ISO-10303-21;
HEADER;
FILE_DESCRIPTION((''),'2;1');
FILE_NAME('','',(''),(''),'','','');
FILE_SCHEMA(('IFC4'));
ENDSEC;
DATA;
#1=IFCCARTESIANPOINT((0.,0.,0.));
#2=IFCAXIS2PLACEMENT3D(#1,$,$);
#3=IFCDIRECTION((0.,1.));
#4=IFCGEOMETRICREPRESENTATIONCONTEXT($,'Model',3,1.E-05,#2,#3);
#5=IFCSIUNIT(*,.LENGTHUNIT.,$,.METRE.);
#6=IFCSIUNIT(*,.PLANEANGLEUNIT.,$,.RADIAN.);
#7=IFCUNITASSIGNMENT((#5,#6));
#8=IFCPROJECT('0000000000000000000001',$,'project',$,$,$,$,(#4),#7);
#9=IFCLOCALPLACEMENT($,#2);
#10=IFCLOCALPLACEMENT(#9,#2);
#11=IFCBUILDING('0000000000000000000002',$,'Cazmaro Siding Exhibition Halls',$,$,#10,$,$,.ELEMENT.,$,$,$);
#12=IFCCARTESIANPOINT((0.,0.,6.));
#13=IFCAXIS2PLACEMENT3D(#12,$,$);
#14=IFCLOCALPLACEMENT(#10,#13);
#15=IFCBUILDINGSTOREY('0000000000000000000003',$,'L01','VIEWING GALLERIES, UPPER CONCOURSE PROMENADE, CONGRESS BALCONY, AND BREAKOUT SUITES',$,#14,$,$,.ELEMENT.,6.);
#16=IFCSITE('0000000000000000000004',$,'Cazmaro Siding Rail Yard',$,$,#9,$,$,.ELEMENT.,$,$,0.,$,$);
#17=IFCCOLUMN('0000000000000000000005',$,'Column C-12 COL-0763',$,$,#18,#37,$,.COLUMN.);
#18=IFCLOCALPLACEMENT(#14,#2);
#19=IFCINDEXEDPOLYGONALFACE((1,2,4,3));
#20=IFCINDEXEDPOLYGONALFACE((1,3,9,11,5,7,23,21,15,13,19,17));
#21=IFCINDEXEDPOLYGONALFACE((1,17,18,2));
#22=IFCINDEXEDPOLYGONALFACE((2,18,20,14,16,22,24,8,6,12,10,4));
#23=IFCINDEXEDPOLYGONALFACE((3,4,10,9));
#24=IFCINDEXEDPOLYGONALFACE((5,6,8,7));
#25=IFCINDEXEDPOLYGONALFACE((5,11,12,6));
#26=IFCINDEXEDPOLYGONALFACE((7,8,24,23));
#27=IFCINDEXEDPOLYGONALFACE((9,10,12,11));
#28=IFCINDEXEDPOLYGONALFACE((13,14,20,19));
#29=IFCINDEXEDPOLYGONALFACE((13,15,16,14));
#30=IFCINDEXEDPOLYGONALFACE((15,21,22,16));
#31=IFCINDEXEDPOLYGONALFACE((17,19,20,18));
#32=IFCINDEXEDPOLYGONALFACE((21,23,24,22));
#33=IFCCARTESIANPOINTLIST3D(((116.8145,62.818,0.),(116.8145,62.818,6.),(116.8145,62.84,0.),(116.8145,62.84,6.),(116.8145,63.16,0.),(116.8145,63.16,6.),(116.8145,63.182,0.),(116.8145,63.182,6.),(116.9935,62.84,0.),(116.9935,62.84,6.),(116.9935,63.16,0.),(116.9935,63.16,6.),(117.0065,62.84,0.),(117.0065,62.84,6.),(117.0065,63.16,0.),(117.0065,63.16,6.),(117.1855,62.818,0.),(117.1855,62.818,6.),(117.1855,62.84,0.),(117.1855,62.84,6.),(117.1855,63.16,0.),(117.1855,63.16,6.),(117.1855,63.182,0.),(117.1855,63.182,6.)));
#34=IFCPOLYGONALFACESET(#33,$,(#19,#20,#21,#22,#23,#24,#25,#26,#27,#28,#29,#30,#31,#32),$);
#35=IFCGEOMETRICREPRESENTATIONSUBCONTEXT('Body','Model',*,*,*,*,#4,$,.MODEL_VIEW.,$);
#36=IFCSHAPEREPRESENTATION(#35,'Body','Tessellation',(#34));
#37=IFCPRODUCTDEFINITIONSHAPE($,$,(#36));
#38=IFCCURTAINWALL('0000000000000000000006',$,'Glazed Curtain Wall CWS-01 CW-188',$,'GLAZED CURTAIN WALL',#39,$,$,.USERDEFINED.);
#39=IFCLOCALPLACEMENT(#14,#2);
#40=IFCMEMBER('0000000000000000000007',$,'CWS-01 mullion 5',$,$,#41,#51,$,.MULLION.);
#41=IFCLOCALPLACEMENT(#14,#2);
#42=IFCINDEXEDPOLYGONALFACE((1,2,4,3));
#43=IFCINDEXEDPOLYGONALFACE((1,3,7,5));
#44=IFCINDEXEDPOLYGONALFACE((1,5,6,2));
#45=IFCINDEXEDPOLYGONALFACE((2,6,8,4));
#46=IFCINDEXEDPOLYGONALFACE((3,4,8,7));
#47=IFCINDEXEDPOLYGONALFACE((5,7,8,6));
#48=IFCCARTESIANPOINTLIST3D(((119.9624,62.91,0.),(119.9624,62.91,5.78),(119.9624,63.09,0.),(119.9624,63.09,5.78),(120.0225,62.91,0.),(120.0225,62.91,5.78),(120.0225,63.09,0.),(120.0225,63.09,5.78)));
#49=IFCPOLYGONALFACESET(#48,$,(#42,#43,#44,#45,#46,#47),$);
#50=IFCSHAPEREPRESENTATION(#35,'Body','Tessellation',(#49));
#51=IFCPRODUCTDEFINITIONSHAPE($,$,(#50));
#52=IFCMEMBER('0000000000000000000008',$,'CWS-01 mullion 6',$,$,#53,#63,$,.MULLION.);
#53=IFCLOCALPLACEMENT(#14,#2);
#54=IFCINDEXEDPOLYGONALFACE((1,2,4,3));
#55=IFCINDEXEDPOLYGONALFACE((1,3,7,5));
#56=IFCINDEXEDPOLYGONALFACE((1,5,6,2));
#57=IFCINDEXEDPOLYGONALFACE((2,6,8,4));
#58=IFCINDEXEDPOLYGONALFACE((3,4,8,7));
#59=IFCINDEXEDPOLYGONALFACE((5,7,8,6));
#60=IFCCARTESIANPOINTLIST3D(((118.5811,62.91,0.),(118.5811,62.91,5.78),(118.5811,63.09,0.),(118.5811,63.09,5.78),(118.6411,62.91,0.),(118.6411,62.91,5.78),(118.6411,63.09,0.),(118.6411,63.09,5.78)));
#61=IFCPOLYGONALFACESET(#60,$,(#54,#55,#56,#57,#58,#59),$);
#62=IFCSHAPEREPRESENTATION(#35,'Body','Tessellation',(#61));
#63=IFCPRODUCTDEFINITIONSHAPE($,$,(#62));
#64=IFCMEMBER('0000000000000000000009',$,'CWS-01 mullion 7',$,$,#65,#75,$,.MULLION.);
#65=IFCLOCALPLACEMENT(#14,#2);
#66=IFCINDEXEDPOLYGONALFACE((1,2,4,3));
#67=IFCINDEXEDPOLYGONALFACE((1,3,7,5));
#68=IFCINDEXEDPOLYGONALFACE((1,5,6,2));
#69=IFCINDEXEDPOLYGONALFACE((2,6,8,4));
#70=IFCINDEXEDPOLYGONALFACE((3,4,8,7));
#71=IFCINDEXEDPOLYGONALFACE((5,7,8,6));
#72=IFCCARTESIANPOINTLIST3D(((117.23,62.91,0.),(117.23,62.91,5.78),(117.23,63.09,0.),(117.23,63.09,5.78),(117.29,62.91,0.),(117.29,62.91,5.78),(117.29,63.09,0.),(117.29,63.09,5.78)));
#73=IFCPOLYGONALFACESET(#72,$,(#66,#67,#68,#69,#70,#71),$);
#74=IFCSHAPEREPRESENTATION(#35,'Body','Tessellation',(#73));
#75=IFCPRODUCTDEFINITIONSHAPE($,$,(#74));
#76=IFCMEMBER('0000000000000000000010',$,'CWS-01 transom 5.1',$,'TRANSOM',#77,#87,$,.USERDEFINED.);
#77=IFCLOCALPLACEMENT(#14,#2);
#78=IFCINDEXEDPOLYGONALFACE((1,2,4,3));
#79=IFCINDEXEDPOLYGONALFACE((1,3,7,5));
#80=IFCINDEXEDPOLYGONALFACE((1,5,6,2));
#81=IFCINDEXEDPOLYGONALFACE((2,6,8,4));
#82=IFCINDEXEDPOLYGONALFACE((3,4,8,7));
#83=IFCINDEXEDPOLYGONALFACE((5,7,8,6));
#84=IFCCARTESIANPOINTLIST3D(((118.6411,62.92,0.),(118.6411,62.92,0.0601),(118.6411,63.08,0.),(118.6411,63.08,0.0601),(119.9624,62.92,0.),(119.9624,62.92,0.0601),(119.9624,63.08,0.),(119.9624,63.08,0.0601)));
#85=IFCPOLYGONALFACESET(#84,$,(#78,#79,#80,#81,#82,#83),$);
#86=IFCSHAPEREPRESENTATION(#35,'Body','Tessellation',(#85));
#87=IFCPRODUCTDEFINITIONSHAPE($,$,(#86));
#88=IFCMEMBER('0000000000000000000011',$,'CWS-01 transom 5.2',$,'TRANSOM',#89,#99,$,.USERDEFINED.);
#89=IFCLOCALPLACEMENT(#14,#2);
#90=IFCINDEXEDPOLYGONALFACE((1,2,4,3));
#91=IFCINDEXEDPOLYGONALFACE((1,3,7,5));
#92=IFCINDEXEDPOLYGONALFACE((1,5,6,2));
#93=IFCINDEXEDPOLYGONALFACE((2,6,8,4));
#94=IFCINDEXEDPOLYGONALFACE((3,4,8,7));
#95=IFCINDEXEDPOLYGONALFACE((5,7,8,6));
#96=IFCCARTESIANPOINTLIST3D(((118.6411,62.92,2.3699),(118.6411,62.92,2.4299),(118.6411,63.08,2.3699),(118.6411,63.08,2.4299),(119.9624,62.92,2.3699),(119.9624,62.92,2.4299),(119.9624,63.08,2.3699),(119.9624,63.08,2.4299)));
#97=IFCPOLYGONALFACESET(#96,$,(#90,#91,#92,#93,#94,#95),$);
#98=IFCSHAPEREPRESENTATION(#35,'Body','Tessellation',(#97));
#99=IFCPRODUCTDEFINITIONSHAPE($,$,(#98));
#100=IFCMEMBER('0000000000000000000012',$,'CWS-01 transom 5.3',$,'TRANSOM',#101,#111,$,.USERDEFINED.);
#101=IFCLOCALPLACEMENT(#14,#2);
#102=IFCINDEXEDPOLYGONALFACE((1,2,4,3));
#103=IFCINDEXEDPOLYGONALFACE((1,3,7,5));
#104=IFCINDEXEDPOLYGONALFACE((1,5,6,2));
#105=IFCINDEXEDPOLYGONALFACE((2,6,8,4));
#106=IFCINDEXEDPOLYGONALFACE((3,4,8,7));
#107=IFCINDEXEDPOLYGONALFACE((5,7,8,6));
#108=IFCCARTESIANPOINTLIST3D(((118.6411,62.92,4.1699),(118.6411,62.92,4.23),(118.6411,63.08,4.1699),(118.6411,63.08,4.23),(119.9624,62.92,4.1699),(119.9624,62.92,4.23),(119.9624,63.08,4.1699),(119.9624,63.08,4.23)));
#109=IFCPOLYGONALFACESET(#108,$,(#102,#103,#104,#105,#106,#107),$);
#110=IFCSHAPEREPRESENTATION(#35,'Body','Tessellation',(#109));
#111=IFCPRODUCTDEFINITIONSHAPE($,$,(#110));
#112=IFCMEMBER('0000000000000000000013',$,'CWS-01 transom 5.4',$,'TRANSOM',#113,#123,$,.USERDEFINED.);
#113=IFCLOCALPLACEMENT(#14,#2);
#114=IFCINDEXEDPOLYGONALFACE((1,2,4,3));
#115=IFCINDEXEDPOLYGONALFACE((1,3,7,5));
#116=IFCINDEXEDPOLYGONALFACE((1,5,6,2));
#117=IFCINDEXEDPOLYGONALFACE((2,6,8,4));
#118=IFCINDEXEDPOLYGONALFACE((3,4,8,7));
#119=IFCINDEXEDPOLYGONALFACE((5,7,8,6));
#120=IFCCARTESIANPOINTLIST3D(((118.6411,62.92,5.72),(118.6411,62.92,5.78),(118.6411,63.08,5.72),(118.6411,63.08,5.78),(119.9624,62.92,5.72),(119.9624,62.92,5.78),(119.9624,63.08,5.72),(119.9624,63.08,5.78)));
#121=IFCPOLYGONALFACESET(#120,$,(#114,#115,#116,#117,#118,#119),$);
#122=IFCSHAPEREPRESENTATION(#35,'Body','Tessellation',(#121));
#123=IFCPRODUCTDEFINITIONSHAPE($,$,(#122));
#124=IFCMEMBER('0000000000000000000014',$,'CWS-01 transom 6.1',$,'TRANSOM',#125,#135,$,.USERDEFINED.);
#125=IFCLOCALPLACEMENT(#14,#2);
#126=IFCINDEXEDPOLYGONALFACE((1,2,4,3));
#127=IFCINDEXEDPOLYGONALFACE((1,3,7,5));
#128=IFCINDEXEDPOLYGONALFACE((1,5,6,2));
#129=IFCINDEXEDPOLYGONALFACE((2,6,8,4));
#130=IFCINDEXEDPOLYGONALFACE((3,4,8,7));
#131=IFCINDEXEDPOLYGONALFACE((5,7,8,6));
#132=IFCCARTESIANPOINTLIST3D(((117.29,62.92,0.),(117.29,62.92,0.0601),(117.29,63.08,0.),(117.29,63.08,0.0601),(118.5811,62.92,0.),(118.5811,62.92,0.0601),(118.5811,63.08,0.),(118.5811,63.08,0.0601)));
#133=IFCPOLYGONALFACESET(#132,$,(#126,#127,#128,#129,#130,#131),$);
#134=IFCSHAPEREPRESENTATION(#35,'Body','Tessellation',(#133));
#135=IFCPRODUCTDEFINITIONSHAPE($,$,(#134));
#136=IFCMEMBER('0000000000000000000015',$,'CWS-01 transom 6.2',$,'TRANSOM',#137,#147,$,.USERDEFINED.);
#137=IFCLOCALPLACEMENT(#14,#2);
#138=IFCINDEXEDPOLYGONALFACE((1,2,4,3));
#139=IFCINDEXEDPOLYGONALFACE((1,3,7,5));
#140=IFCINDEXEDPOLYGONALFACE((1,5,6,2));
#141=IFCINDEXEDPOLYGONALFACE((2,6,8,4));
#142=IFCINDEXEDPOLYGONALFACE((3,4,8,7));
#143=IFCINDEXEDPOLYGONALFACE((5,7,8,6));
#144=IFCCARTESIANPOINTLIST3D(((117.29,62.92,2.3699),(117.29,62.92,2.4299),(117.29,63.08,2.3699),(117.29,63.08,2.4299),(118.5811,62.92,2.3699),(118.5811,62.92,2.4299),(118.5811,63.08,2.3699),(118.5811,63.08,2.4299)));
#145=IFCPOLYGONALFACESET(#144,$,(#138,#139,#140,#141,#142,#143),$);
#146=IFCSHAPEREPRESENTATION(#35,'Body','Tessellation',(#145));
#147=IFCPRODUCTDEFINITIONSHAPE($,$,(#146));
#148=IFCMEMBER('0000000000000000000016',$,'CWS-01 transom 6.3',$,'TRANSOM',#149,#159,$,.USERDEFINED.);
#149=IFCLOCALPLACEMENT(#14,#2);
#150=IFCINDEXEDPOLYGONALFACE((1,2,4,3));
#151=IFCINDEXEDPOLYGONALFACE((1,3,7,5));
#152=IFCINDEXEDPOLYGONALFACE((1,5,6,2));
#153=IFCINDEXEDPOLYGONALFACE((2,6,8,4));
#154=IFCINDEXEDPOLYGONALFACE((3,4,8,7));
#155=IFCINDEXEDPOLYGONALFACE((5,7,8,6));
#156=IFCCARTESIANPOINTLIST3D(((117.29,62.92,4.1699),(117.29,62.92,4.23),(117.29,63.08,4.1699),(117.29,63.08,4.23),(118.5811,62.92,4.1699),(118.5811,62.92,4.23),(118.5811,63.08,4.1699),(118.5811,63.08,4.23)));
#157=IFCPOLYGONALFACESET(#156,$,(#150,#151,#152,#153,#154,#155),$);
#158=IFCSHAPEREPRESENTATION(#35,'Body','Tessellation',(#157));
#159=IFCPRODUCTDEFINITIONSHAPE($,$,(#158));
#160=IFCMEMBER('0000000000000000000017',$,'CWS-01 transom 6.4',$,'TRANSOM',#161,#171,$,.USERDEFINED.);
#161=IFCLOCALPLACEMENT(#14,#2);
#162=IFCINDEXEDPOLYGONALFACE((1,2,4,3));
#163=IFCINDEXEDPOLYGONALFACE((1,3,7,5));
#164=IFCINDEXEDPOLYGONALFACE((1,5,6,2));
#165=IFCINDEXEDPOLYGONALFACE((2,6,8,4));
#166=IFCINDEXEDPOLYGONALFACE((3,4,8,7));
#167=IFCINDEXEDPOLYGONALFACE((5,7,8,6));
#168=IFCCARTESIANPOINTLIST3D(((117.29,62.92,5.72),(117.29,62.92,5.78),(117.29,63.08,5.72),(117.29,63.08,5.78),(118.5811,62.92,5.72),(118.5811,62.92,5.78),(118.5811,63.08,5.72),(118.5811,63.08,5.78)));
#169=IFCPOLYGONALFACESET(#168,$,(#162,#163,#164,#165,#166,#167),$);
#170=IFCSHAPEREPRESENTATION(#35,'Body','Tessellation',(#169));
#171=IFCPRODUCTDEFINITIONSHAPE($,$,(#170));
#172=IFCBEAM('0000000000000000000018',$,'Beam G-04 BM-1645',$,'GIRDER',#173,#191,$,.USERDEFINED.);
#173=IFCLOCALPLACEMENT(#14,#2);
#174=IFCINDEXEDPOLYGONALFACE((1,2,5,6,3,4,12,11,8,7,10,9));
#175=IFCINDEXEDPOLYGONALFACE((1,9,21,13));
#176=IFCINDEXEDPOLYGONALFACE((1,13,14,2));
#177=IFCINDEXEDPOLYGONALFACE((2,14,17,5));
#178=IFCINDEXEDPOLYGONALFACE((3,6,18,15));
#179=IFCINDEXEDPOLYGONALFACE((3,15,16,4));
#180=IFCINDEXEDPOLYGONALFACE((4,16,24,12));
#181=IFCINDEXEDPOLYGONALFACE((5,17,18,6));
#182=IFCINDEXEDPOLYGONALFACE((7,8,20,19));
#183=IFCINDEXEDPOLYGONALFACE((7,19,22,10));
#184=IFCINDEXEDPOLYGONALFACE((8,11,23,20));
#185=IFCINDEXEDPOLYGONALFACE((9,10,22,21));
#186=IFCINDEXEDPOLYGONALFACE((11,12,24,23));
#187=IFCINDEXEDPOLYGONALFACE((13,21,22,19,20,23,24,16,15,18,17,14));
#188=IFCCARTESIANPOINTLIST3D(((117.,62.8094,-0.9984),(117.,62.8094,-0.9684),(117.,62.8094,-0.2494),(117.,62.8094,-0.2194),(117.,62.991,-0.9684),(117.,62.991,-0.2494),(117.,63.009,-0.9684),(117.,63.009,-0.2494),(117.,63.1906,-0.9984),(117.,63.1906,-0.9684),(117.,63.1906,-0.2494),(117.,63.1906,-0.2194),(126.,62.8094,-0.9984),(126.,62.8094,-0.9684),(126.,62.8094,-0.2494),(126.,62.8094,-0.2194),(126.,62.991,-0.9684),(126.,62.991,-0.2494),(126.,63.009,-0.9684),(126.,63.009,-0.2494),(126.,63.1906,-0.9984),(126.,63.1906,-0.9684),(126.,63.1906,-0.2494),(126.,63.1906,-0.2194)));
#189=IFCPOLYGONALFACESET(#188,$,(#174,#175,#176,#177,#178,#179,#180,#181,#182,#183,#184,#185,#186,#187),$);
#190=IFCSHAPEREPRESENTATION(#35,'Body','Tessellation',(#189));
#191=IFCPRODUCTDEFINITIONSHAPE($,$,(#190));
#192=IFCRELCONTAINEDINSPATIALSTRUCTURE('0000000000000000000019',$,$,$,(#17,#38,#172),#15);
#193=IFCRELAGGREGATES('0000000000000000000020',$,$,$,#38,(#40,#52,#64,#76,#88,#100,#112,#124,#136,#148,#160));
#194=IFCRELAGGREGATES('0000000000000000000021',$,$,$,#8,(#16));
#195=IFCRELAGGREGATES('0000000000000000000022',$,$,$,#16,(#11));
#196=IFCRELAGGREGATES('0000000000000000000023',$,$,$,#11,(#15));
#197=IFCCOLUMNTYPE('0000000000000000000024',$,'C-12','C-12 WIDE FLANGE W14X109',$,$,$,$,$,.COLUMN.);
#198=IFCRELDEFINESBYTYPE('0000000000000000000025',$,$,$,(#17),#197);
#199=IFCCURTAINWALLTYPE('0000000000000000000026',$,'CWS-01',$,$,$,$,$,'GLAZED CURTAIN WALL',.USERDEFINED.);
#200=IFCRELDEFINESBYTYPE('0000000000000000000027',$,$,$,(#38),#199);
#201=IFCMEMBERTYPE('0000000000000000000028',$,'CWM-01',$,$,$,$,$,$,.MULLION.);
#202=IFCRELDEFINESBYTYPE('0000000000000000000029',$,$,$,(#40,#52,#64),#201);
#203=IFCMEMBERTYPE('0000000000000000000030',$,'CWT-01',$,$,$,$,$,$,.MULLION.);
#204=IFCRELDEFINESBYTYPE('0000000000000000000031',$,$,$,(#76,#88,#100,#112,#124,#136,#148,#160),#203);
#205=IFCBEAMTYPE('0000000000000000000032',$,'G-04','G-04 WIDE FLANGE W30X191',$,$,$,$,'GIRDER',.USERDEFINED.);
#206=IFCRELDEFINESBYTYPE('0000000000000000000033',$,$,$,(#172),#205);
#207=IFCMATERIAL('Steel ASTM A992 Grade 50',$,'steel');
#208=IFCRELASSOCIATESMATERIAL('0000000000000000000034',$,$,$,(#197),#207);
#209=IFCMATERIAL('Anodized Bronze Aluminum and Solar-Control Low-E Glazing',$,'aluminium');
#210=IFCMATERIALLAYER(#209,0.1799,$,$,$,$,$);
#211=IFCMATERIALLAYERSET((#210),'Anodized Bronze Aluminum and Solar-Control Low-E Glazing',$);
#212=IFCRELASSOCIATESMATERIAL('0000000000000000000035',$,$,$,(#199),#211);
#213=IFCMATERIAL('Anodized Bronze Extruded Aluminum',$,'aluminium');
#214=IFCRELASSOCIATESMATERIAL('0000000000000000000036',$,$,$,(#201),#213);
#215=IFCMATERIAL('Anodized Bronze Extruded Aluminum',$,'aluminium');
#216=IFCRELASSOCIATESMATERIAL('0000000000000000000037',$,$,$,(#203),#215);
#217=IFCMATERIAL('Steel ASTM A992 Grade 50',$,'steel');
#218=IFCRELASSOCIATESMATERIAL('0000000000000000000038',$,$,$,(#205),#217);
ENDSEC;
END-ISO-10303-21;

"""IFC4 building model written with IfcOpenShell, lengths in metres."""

from ifc_helpers import new_model, si_unit, direction, frame, origin, origin_2d, place, context, subcontext, project, spatial, rectangle, i_section, extrude, material, layer, layer_set, material_profile, profile_set, type_object, element, aggregate, save


model = new_model("IFC4")

# Units and contexts
model_context = context("Model", 3, precision=1e-05, world=origin(), true_north=direction((0.0, 1.0)))
body_context = subcontext(model_context, "Body", "Model", "MODEL_VIEW")
ifc_project = project(units=[si_unit("LENGTHUNIT", "METRE"), si_unit("PLANEANGLEUNIT", "RADIAN")], contexts=[model_context])

# Site, building, storey
site_placement = place(None, origin())
site = spatial("IfcSite", under=ifc_project, at=site_placement, Name="Cazmaro Siding Rail Yard", CompositionType="ELEMENT", RefElevation=0.0)
building_placement = place(site_placement, origin())
building = spatial("IfcBuilding", under=site, at=building_placement, Name="Cazmaro Siding Exhibition Halls", CompositionType="ELEMENT")
storey_placement = place(building_placement, frame((0.0, 0.0, 6.0)))
storey = spatial("IfcBuildingStorey", under=building, at=storey_placement, Name="L01", Description="VIEWING GALLERIES, UPPER CONCOURSE PROMENADE, CONGRESS BALCONY, AND BREAKOUT SUITES", CompositionType="ELEMENT", Elevation=6.0)

# Column
ifc_material_1 = material(Name="Steel ASTM A992 Grade 50", Category="steel")
ifc_material_profile_1 = material_profile(ifc_material_1, i_section(OverallWidth=0.3711, OverallDepth=0.364, WebThickness=0.0129, FlangeThickness=0.022, at=origin_2d()), Name="W14X109")
ifc_profile_set_1 = profile_set([ifc_material_profile_1], Name="Steel ASTM A992 Grade 50")
column_type = type_object("IfcColumnType", Name="C-12", Description="C-12 WIDE FLANGE W14X109", PredefinedType="COLUMN", material=ifc_profile_set_1)
column_placement = place(storey_placement, frame((117.0, 63.0, 0.0), z_axis=(0.0, 0.0, 1.0), x_axis=(1.0, 0.0, 0.0)))
element("IfcColumn", 1, at=column_placement, inside=storey, type_object=column_type, Name="Column C-12 COL-0763", PredefinedType="COLUMN", context=body_context, shape_type="SweptSolid", body=[
    extrude(i_section(OverallWidth=0.3711, OverallDepth=0.364, WebThickness=0.0129, FlangeThickness=0.022, at=origin_2d()), origin(), (0.0, 0.0, 1.0), 6.0),
])

# Curtain wall, members
ifc_material_2 = material(Name="Anodized Bronze Aluminum and Solar-Control Low-E Glazing", Category="aluminium")
ifc_layer_1 = layer(ifc_material_2, 0.1799)
ifc_layer_set_1 = layer_set([ifc_layer_1], Name="Anodized Bronze Aluminum and Solar-Control Low-E Glazing")
curtain_wall_type = type_object("IfcCurtainWallType", Name="CWS-01", ElementType="GLAZED CURTAIN WALL", PredefinedType="USERDEFINED", material=ifc_layer_set_1)
curtain_wall_placement = place(storey_placement, origin())
curtain_wall = element("IfcCurtainWall", 2, at=curtain_wall_placement, inside=storey, type_object=curtain_wall_type, Name="Glazed Curtain Wall CWS-01 CW-188", ObjectType="GLAZED CURTAIN WALL", PredefinedType="USERDEFINED")
ifc_material_3 = material(Name="Anodized Bronze Extruded Aluminum", Category="aluminium")
ifc_material_profile_2 = material_profile(ifc_material_3, rectangle(XDim=0.1799, YDim=0.0601, at=origin_2d()), Name="CWM-01")
ifc_profile_set_2 = profile_set([ifc_material_profile_2], Name="Anodized Bronze Extruded Aluminum")
member_type_1 = type_object("IfcMemberType", Name="CWM-01", PredefinedType="MULLION", material=ifc_profile_set_2)
member_1_placement = place(storey_placement, frame((119.9924, 63.0, 0.0), z_axis=(0.0, 0.0, 1.0), x_axis=(0.0, -1.0, 0.0)))
member_1 = element("IfcMember", 3, at=member_1_placement, type_object=member_type_1, Name="CWS-01 mullion 5", PredefinedType="MULLION", context=body_context, shape_type="SweptSolid", body=[
    extrude(rectangle(XDim=0.1799, YDim=0.0601, at=origin_2d()), origin(), (0.0, 0.0, 1.0), 5.78),
])
member_2_placement = place(storey_placement, frame((118.6111, 63.0, 0.0), z_axis=(0.0, 0.0, 1.0), x_axis=(0.0, -1.0, 0.0)))
member_2 = element("IfcMember", 4, at=member_2_placement, type_object=member_type_1, Name="CWS-01 mullion 6", PredefinedType="MULLION", context=body_context, shape_type="SweptSolid", body=[
    extrude(rectangle(XDim=0.1799, YDim=0.0601, at=origin_2d()), origin(), (0.0, 0.0, 1.0), 5.78),
])
member_3_placement = place(storey_placement, frame((117.26, 63.0, 0.0), z_axis=(0.0, 0.0, 1.0), x_axis=(0.0, -1.0, 0.0)))
member_3 = element("IfcMember", 5, at=member_3_placement, type_object=member_type_1, Name="CWS-01 mullion 7", PredefinedType="MULLION", context=body_context, shape_type="SweptSolid", body=[
    extrude(rectangle(XDim=0.1799, YDim=0.0601, at=origin_2d()), origin(), (0.0, 0.0, 1.0), 5.78),
])
ifc_material_4 = material(Name="Anodized Bronze Extruded Aluminum", Category="aluminium")
ifc_material_profile_3 = material_profile(ifc_material_4, rectangle(XDim=0.1599, YDim=0.0601, at=origin_2d()), Name="CWT-01")
ifc_profile_set_3 = profile_set([ifc_material_profile_3], Name="Anodized Bronze Extruded Aluminum")
member_type_2 = type_object("IfcMemberType", Name="CWT-01", PredefinedType="MULLION", material=ifc_profile_set_3)
member_4_placement = place(storey_placement, frame((119.9624, 63.0, 0.03), z_axis=(-1.0, 0.0, 0.0), x_axis=(0.0, -1.0, 0.0)))
member_4 = element("IfcMember", 6, at=member_4_placement, type_object=member_type_2, Name="CWS-01 transom 5.1", ObjectType="TRANSOM", PredefinedType="USERDEFINED", context=body_context, shape_type="SweptSolid", body=[
    extrude(rectangle(XDim=0.1599, YDim=0.0601, at=origin_2d()), origin(), (0.0, 0.0, 1.0), 1.3213),
])
member_5_placement = place(storey_placement, frame((119.9624, 63.0, 2.3999), z_axis=(-1.0, 0.0, 0.0), x_axis=(0.0, -1.0, 0.0)))
member_5 = element("IfcMember", 7, at=member_5_placement, type_object=member_type_2, Name="CWS-01 transom 5.2", ObjectType="TRANSOM", PredefinedType="USERDEFINED", context=body_context, shape_type="SweptSolid", body=[
    extrude(rectangle(XDim=0.1599, YDim=0.0601, at=origin_2d()), origin(), (0.0, 0.0, 1.0), 1.3213),
])
member_6_placement = place(storey_placement, frame((119.9624, 63.0, 4.2), z_axis=(-1.0, 0.0, 0.0), x_axis=(0.0, -1.0, 0.0)))
member_6 = element("IfcMember", 8, at=member_6_placement, type_object=member_type_2, Name="CWS-01 transom 5.3", ObjectType="TRANSOM", PredefinedType="USERDEFINED", context=body_context, shape_type="SweptSolid", body=[
    extrude(rectangle(XDim=0.1599, YDim=0.0601, at=origin_2d()), origin(), (0.0, 0.0, 1.0), 1.3213),
])
member_7_placement = place(storey_placement, frame((119.9624, 63.0, 5.75), z_axis=(-1.0, 0.0, 0.0), x_axis=(0.0, -1.0, 0.0)))
member_7 = element("IfcMember", 9, at=member_7_placement, type_object=member_type_2, Name="CWS-01 transom 5.4", ObjectType="TRANSOM", PredefinedType="USERDEFINED", context=body_context, shape_type="SweptSolid", body=[
    extrude(rectangle(XDim=0.1599, YDim=0.0601, at=origin_2d()), origin(), (0.0, 0.0, 1.0), 1.3213),
])
member_8_placement = place(storey_placement, frame((118.5811, 63.0, 0.03), z_axis=(-1.0, 0.0, 0.0), x_axis=(0.0, -1.0, 0.0)))
member_8 = element("IfcMember", 10, at=member_8_placement, type_object=member_type_2, Name="CWS-01 transom 6.1", ObjectType="TRANSOM", PredefinedType="USERDEFINED", context=body_context, shape_type="SweptSolid", body=[
    extrude(rectangle(XDim=0.1599, YDim=0.0601, at=origin_2d()), origin(), (0.0, 0.0, 1.0), 1.291),
])
member_9_placement = place(storey_placement, frame((118.5811, 63.0, 2.3999), z_axis=(-1.0, 0.0, 0.0), x_axis=(0.0, -1.0, 0.0)))
member_9 = element("IfcMember", 11, at=member_9_placement, type_object=member_type_2, Name="CWS-01 transom 6.2", ObjectType="TRANSOM", PredefinedType="USERDEFINED", context=body_context, shape_type="SweptSolid", body=[
    extrude(rectangle(XDim=0.1599, YDim=0.0601, at=origin_2d()), origin(), (0.0, 0.0, 1.0), 1.291),
])
member_10_placement = place(storey_placement, frame((118.5811, 63.0, 4.2), z_axis=(-1.0, 0.0, 0.0), x_axis=(0.0, -1.0, 0.0)))
member_10 = element("IfcMember", 12, at=member_10_placement, type_object=member_type_2, Name="CWS-01 transom 6.3", ObjectType="TRANSOM", PredefinedType="USERDEFINED", context=body_context, shape_type="SweptSolid", body=[
    extrude(rectangle(XDim=0.1599, YDim=0.0601, at=origin_2d()), origin(), (0.0, 0.0, 1.0), 1.291),
])
member_11_placement = place(storey_placement, frame((118.5811, 63.0, 5.75), z_axis=(-1.0, 0.0, 0.0), x_axis=(0.0, -1.0, 0.0)))
member_11 = element("IfcMember", 13, at=member_11_placement, type_object=member_type_2, Name="CWS-01 transom 6.4", ObjectType="TRANSOM", PredefinedType="USERDEFINED", context=body_context, shape_type="SweptSolid", body=[
    extrude(rectangle(XDim=0.1599, YDim=0.0601, at=origin_2d()), origin(), (0.0, 0.0, 1.0), 1.291),
])

# Beam
ifc_material_5 = material(Name="Steel ASTM A992 Grade 50", Category="steel")
ifc_material_profile_4 = material_profile(ifc_material_5, i_section(OverallWidth=0.3811, OverallDepth=0.7791, WebThickness=0.0181, FlangeThickness=0.03, at=origin_2d()), Name="W30X191")
ifc_profile_set_4 = profile_set([ifc_material_profile_4], Name="Steel ASTM A992 Grade 50")
beam_type = type_object("IfcBeamType", Name="G-04", Description="G-04 WIDE FLANGE W30X191", ElementType="GIRDER", PredefinedType="USERDEFINED", material=ifc_profile_set_4)
beam_placement = place(storey_placement, frame((117.0, 63.0, -0.6089), z_axis=(1.0, 0.0, 0.0), x_axis=(0.0, 1.0, 0.0)))
element("IfcBeam", 14, at=beam_placement, inside=storey, type_object=beam_type, Name="Beam G-04 BM-1645", ObjectType="GIRDER", PredefinedType="USERDEFINED", context=body_context, shape_type="SweptSolid", body=[
    extrude(i_section(OverallWidth=0.3811, OverallDepth=0.7791, WebThickness=0.0181, FlangeThickness=0.03, at=origin_2d()), origin(), (0.0, 0.0, 1.0), 9.0),
])

aggregate(curtain_wall, [member_1, member_2, member_3, member_4, member_5, member_6, member_7, member_8, member_9, member_10, member_11])

save(model, "model.ifc")
